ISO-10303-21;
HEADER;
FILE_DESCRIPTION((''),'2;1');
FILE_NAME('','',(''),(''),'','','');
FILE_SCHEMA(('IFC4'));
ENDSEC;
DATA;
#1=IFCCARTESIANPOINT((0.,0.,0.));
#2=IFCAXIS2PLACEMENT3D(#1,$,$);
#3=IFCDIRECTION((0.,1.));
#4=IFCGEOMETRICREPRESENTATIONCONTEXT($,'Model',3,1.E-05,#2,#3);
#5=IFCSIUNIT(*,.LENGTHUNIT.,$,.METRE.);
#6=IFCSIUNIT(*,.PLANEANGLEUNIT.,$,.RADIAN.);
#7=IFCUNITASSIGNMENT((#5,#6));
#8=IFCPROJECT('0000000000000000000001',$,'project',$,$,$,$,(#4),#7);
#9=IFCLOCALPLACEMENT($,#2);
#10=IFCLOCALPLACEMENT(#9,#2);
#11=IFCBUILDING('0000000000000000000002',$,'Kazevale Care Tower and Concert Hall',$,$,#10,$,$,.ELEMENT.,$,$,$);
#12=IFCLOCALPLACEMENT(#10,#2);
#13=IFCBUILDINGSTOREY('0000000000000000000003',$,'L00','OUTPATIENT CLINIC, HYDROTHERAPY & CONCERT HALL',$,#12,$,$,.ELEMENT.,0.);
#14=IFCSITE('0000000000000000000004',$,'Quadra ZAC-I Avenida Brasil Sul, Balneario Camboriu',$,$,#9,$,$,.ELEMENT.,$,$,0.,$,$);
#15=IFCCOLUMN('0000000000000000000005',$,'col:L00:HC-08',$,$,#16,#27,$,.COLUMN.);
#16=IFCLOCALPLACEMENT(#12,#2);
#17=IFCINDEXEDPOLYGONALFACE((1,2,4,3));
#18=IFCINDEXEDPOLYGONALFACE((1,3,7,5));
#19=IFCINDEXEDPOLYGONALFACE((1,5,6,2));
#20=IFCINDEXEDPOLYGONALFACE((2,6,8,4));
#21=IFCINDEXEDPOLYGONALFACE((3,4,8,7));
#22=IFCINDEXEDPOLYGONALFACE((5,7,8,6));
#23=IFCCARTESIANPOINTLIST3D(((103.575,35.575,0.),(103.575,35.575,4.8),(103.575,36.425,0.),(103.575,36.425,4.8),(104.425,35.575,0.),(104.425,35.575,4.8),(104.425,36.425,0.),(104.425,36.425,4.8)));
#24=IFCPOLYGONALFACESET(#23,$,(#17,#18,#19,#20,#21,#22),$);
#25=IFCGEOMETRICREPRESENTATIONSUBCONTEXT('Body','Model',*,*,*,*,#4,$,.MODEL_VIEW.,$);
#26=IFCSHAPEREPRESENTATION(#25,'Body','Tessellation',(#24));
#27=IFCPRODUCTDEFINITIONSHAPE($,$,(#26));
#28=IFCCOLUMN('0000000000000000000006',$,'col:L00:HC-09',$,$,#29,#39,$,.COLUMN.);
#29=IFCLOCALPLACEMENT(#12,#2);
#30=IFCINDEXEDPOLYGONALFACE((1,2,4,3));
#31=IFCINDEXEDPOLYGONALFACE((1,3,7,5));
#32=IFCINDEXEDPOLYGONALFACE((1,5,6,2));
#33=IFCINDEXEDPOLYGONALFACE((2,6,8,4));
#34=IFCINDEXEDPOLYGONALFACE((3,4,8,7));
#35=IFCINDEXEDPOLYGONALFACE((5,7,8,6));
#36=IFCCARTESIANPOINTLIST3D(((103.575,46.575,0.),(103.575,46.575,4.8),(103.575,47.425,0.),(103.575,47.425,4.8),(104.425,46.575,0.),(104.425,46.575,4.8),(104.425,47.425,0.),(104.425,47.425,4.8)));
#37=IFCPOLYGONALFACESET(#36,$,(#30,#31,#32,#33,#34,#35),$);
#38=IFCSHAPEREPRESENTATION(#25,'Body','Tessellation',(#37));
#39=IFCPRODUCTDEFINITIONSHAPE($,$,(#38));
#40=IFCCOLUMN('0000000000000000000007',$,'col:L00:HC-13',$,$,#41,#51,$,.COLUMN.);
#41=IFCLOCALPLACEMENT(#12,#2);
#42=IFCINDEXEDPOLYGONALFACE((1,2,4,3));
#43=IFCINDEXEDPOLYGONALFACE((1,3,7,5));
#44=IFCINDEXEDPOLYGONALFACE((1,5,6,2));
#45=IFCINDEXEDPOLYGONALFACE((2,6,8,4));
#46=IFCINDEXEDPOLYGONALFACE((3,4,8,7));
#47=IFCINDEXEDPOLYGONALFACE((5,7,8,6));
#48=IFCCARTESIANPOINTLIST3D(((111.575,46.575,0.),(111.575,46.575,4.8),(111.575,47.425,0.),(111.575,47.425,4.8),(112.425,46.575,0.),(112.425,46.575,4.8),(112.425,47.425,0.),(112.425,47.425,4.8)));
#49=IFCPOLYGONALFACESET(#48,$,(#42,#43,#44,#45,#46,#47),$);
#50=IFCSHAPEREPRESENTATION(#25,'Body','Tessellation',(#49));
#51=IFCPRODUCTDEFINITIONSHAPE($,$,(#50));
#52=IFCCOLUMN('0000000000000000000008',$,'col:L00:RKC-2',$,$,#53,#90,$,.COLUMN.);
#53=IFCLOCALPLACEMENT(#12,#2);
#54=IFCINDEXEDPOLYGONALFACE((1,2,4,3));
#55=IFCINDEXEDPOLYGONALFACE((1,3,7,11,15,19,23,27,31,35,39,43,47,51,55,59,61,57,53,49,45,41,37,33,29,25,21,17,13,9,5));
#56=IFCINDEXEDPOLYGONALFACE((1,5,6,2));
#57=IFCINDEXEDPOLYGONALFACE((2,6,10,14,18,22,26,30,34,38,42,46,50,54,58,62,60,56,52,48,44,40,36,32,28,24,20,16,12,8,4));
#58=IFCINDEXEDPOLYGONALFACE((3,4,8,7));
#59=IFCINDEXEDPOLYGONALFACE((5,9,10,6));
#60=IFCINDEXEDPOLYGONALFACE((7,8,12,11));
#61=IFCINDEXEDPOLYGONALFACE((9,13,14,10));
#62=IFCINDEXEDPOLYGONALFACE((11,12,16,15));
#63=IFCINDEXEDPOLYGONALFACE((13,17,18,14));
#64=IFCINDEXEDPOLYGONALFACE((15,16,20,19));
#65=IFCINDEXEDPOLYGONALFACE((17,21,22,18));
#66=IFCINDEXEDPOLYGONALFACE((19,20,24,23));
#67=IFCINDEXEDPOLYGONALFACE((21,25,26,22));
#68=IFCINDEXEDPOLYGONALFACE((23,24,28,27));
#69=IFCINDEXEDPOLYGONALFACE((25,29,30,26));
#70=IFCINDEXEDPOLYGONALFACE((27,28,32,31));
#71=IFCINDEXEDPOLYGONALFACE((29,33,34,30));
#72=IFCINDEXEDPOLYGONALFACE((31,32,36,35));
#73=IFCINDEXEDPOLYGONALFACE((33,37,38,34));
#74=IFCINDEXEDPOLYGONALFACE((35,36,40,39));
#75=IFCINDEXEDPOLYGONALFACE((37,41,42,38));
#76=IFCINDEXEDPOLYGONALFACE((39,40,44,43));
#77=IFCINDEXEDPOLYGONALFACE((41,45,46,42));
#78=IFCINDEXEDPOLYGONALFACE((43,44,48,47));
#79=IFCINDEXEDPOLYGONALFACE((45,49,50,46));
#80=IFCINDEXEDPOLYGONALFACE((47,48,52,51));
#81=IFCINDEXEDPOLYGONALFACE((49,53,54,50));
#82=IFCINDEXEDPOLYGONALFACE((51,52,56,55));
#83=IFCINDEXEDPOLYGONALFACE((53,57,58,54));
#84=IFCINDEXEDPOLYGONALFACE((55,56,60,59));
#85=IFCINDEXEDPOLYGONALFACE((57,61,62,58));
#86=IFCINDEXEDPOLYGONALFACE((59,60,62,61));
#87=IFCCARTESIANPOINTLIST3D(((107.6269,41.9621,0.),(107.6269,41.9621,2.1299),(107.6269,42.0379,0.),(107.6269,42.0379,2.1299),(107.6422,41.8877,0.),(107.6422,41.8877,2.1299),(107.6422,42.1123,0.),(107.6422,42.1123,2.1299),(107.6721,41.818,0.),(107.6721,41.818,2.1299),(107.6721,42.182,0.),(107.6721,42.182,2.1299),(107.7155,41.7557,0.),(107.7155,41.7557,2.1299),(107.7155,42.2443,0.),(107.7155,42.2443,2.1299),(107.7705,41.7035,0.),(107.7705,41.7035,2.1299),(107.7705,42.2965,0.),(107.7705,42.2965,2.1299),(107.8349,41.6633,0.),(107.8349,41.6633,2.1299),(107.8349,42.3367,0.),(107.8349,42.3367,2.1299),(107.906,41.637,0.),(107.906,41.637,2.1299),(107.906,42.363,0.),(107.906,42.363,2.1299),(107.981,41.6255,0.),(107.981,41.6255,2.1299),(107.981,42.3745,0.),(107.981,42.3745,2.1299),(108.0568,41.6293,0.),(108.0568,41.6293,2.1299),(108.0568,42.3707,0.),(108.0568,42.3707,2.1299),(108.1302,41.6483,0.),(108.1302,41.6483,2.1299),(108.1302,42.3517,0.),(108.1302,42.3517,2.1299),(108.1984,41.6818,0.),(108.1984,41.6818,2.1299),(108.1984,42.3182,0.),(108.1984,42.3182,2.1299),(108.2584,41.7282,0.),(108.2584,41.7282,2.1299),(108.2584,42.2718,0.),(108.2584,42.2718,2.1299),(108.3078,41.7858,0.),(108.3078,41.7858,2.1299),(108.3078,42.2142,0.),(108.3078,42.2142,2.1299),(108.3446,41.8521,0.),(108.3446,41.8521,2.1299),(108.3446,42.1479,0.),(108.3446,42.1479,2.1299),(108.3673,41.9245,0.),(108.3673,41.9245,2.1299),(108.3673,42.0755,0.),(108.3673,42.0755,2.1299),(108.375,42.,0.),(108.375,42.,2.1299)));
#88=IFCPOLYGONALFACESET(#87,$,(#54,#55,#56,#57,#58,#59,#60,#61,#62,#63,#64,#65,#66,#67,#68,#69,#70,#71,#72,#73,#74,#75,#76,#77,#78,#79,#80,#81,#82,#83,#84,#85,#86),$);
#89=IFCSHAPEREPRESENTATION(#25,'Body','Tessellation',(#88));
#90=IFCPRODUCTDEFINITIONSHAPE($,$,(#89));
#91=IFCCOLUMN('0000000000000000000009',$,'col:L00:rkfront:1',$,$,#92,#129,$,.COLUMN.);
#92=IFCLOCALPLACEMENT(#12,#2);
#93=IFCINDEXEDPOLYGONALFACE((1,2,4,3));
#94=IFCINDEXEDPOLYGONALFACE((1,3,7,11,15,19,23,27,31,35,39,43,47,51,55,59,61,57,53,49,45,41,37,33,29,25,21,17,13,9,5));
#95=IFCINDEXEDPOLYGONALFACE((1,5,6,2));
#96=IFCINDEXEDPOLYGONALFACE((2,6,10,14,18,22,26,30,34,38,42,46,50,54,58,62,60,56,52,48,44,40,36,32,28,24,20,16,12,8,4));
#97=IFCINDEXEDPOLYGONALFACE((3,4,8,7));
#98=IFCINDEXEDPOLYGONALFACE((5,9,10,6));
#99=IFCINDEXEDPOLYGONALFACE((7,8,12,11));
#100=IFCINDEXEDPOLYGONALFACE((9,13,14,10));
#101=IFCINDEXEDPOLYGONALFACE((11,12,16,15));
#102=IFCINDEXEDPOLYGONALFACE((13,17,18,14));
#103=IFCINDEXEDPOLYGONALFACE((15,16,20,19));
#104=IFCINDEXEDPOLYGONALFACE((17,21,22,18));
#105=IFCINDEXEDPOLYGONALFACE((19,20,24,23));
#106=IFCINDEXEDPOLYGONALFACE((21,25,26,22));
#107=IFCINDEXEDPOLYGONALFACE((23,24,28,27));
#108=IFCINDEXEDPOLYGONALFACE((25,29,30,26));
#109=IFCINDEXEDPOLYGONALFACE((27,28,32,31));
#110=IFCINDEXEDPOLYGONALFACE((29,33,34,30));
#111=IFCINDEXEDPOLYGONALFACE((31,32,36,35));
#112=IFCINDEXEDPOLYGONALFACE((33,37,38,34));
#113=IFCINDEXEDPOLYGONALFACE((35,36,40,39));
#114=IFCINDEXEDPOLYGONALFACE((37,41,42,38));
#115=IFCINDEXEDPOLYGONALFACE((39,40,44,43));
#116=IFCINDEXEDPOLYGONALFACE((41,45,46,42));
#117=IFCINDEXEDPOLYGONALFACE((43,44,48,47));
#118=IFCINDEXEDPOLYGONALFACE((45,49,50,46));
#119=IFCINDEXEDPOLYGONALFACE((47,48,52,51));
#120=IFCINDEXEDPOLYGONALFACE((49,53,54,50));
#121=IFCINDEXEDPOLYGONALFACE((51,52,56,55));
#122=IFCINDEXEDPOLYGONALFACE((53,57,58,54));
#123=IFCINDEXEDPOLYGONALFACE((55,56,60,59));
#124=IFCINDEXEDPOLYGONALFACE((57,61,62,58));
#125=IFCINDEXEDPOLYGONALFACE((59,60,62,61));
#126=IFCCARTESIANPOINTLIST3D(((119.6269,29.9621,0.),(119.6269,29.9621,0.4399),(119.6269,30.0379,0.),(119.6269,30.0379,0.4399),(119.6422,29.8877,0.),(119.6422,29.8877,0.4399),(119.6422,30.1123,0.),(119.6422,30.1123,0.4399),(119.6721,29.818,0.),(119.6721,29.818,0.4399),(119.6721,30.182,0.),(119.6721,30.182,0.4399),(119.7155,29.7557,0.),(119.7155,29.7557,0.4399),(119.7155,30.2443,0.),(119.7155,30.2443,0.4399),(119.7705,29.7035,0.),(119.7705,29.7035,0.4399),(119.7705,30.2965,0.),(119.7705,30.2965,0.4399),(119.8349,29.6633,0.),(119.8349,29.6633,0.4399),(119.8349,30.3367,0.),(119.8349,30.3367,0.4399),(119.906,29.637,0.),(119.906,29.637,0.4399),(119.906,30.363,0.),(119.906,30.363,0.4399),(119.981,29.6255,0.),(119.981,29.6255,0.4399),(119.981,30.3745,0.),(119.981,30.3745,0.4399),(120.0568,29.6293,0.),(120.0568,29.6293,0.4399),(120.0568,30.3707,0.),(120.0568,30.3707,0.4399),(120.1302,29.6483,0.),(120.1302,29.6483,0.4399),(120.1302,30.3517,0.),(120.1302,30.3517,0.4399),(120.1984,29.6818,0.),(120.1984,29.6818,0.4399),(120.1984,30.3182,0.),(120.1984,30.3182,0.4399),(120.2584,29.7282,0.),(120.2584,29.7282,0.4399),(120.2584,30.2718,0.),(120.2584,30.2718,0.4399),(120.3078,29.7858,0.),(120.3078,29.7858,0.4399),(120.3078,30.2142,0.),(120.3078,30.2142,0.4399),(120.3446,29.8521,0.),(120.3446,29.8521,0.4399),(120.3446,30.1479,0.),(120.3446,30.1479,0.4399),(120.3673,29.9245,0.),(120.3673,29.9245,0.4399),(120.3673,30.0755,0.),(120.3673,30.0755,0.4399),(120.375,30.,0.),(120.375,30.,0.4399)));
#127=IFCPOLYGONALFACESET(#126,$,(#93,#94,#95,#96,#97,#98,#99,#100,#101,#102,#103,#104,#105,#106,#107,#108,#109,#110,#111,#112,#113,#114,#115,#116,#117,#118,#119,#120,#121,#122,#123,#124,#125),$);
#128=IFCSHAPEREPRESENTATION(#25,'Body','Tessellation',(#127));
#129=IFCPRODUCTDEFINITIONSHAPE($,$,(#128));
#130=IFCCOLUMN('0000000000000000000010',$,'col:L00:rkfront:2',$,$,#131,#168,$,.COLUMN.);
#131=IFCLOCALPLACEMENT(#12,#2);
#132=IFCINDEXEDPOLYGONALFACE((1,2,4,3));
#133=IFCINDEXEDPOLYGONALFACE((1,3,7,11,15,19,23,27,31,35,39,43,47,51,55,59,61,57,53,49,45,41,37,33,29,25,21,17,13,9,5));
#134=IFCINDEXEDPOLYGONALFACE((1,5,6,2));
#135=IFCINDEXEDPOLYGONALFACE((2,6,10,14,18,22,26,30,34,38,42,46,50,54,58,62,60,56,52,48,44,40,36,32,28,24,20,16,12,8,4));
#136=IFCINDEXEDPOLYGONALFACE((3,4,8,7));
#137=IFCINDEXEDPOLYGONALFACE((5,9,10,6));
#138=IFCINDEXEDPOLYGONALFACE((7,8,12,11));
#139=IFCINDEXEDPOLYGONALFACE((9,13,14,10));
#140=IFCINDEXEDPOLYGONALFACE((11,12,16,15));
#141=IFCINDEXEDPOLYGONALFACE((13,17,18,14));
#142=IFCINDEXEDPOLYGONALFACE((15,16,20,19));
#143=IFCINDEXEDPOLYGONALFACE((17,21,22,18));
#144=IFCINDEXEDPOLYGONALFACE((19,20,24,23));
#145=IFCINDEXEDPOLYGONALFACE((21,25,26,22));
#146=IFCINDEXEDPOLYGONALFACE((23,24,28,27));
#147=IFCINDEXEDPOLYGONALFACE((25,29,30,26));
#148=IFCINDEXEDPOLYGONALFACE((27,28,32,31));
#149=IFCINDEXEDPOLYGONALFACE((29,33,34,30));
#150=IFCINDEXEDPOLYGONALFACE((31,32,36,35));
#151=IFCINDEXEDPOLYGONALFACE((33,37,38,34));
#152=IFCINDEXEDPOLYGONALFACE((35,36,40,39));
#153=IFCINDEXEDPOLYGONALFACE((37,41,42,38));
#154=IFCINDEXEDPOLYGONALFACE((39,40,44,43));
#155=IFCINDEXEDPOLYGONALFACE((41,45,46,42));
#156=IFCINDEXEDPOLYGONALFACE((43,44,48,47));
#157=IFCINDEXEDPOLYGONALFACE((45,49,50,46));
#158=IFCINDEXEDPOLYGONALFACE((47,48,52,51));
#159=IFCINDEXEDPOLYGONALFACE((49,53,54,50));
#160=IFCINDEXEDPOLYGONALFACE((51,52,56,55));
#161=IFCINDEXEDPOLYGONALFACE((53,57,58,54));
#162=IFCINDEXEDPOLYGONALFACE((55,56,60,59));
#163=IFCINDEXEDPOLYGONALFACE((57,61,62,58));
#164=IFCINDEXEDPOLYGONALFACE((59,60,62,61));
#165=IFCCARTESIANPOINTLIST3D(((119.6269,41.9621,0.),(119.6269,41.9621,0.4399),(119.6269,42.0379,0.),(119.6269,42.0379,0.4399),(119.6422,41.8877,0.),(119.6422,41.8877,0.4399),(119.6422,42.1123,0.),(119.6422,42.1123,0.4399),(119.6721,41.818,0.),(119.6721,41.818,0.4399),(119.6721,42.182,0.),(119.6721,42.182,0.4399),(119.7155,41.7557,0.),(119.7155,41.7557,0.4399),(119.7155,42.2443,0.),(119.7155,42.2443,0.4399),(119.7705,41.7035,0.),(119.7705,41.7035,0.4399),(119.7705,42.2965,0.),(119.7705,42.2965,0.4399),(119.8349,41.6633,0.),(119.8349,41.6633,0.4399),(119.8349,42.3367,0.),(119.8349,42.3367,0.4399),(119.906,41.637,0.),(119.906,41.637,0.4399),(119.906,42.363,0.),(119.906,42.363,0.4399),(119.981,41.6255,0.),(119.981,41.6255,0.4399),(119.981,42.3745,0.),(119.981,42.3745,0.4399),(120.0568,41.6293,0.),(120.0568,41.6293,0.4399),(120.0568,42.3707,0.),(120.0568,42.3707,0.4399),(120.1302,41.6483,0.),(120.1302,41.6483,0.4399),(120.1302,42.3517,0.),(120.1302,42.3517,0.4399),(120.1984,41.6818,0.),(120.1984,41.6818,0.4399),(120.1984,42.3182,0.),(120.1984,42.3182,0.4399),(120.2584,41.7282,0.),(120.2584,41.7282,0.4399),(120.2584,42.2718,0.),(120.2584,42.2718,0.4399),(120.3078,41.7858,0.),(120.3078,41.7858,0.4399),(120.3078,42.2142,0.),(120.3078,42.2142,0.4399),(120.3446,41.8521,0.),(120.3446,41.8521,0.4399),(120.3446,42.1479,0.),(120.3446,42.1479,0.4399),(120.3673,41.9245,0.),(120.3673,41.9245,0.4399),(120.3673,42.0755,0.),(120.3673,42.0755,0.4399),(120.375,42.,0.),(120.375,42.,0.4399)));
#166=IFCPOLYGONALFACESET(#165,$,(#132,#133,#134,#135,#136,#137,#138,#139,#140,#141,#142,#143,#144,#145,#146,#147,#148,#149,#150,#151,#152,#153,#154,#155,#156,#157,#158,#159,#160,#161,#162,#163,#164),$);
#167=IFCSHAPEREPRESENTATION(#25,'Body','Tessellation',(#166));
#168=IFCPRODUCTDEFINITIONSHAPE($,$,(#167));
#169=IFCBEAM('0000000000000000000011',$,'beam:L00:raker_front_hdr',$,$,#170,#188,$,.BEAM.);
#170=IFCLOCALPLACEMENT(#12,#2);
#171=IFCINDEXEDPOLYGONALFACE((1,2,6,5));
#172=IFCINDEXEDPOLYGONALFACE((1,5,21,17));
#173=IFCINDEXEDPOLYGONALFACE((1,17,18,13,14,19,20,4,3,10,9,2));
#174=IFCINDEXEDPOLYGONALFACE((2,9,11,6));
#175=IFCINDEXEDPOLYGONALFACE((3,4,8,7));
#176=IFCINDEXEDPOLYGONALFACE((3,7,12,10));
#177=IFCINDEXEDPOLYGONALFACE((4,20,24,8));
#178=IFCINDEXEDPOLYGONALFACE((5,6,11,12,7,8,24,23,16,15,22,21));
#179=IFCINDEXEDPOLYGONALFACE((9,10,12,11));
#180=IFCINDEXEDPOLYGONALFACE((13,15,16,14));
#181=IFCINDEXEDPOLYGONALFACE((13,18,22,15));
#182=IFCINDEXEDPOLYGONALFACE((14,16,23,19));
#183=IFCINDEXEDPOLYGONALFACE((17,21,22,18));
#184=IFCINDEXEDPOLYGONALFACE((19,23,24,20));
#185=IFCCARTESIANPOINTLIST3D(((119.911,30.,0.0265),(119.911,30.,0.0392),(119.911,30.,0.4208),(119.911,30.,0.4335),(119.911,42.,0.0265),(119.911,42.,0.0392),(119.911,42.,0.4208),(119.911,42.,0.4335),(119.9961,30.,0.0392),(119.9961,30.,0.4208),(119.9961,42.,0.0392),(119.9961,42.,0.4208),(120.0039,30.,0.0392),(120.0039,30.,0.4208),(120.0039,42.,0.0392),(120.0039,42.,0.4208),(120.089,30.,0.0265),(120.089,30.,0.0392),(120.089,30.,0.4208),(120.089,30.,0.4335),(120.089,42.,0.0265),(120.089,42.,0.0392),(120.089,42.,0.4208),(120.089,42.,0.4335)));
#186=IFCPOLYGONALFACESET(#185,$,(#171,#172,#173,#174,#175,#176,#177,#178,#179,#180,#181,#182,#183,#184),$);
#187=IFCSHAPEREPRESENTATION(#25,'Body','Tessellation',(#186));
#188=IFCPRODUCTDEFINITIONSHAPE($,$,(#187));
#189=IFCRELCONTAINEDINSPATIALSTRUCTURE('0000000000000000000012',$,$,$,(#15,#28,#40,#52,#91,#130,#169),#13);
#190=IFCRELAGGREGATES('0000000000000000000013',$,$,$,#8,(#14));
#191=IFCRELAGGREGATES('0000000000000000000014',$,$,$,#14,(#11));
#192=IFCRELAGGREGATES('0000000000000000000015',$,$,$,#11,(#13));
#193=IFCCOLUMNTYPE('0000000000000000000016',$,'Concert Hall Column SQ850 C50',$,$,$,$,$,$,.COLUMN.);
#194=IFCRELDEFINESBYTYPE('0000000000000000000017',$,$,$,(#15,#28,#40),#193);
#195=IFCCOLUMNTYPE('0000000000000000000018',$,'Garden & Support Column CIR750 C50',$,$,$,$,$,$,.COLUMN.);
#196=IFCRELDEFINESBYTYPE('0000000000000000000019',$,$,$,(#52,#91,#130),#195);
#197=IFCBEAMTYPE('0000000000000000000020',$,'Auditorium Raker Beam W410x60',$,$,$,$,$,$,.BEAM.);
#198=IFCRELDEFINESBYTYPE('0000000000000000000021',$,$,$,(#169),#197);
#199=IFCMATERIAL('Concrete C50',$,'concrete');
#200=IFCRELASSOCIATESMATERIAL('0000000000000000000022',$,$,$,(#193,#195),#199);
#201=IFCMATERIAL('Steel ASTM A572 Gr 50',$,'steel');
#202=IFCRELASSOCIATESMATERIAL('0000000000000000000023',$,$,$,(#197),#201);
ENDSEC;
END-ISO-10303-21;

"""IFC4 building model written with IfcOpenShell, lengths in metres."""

from ifc_helpers import new_model, si_unit, direction, frame, origin, origin_2d, place, context, subcontext, project, spatial, rectangle, circle, i_section, extrude, material, material_profile, profile_set, type_object, element, save


model = new_model("IFC4")

# Units and contexts
model_context = context("Model", 3, precision=1e-05, world=origin(), true_north=direction((0.0, 1.0)))
body_context = subcontext(model_context, "Body", "Model", "MODEL_VIEW")
ifc_project = project(units=[si_unit("LENGTHUNIT", "METRE"), si_unit("PLANEANGLEUNIT", "RADIAN")], contexts=[model_context])

# Site, building, storey
site_placement = place(None, origin())
site = spatial("IfcSite", under=ifc_project, at=site_placement, Name="Quadra ZAC-I Avenida Brasil Sul, Balneario Camboriu", CompositionType="ELEMENT", RefElevation=0.0)
building_placement = place(site_placement, origin())
building = spatial("IfcBuilding", under=site, at=building_placement, Name="Kazevale Care Tower and Concert Hall", CompositionType="ELEMENT")
storey_placement = place(building_placement, origin())
storey = spatial("IfcBuildingStorey", under=building, at=storey_placement, Name="L00", Description="OUTPATIENT CLINIC, HYDROTHERAPY & CONCERT HALL", CompositionType="ELEMENT", Elevation=0.0)

# Columns
ifc_material_1 = material(Name="Concrete C50", Category="concrete")
ifc_material_profile_1 = material_profile(ifc_material_1, rectangle(XDim=0.8501, YDim=0.8501, at=origin_2d()), Name="RC-SQ850")
ifc_profile_set_1 = profile_set([ifc_material_profile_1], Name="Concrete C50")
column_type_1 = type_object("IfcColumnType", Name="Concert Hall Column SQ850 C50", PredefinedType="COLUMN", material=ifc_profile_set_1)
for number, where, z_axis, x_axis, name in (
    (1, (104.0, 36.0, 0.0), (0.0, 0.0, 1.0), (1.0, 0.0, 0.0), "col:L00:HC-08"),
    (2, (104.0, 47.0, 0.0), (0.0, 0.0, 1.0), (1.0, 0.0, 0.0), "col:L00:HC-09"),
    (3, (112.0, 47.0, 0.0), (0.0, 0.0, 1.0), (1.0, 0.0, 0.0), "col:L00:HC-13"),
):
    element("IfcColumn", number, at=place(storey_placement, frame(where, z_axis=z_axis, x_axis=x_axis)), inside=storey, type_object=column_type_1, Name=name, PredefinedType="COLUMN", context=body_context, shape_type="SweptSolid", body=[
        extrude(rectangle(XDim=0.8501, YDim=0.8501, at=origin_2d()), origin(), (0.0, 0.0, 1.0), 4.8),
    ])
ifc_material_profile_2 = material_profile(ifc_material_1, circle(Radius=0.375, at=origin_2d()), Name="RC-CIR750")
ifc_profile_set_2 = profile_set([ifc_material_profile_2], Name="Concrete C50")
column_type_2 = type_object("IfcColumnType", Name="Garden & Support Column CIR750 C50", PredefinedType="COLUMN", material=ifc_profile_set_2)
column_placement = place(storey_placement, frame((108.0, 42.0, 0.0), z_axis=(0.0, 0.0, 1.0), x_axis=(1.0, 0.0, 0.0)))
element("IfcColumn", 4, at=column_placement, inside=storey, type_object=column_type_2, Name="col:L00:RKC-2", PredefinedType="COLUMN", context=body_context, shape_type="SweptSolid", body=[
    extrude(circle(Radius=0.375, at=origin_2d()), origin(), (0.0, 0.0, 1.0), 2.1299),
])
for number, where, z_axis, x_axis, name in (
    (5, (120.0, 30.0, 0.0), (0.0, 0.0, 1.0), (1.0, 0.0, 0.0), "col:L00:rkfront:1"),
    (6, (120.0, 42.0, 0.0), (0.0, 0.0, 1.0), (1.0, 0.0, 0.0), "col:L00:rkfront:2"),
):
    element("IfcColumn", number, at=place(storey_placement, frame(where, z_axis=z_axis, x_axis=x_axis)), inside=storey, type_object=column_type_2, Name=name, PredefinedType="COLUMN", context=body_context, shape_type="SweptSolid", body=[
        extrude(circle(Radius=0.375, at=origin_2d()), origin(), (0.0, 0.0, 1.0), 0.4399),
    ])

# Beam
ifc_material_2 = material(Name="Steel ASTM A572 Gr 50", Category="steel")
ifc_material_profile_3 = material_profile(ifc_material_2, i_section(OverallWidth=0.178, OverallDepth=0.407, WebThickness=0.0078, FlangeThickness=0.0127, at=origin_2d()), Name="W410x60")
ifc_profile_set_3 = profile_set([ifc_material_profile_3], Name="Steel ASTM A572 Gr 50")
beam_type_1 = type_object("IfcBeamType", Name="Auditorium Raker Beam W410x60", PredefinedType="BEAM", material=ifc_profile_set_3)
beam_1_placement = place(storey_placement, frame((120.0, 30.0, 0.23), z_axis=(0.0, 1.0, 0.0), x_axis=(-1.0, 0.0, 0.0)))
element("IfcBeam", 7, at=beam_1_placement, inside=storey, type_object=beam_type_1, Name="beam:L00:raker_front_hdr", PredefinedType="BEAM", context=body_context, shape_type="SweptSolid", body=[
    extrude(i_section(OverallWidth=0.178, OverallDepth=0.407, WebThickness=0.0078, FlangeThickness=0.0127, at=origin_2d()), origin(), (0.0, 0.0, 1.0), 12.0),
])

save(model, "model.ifc")
